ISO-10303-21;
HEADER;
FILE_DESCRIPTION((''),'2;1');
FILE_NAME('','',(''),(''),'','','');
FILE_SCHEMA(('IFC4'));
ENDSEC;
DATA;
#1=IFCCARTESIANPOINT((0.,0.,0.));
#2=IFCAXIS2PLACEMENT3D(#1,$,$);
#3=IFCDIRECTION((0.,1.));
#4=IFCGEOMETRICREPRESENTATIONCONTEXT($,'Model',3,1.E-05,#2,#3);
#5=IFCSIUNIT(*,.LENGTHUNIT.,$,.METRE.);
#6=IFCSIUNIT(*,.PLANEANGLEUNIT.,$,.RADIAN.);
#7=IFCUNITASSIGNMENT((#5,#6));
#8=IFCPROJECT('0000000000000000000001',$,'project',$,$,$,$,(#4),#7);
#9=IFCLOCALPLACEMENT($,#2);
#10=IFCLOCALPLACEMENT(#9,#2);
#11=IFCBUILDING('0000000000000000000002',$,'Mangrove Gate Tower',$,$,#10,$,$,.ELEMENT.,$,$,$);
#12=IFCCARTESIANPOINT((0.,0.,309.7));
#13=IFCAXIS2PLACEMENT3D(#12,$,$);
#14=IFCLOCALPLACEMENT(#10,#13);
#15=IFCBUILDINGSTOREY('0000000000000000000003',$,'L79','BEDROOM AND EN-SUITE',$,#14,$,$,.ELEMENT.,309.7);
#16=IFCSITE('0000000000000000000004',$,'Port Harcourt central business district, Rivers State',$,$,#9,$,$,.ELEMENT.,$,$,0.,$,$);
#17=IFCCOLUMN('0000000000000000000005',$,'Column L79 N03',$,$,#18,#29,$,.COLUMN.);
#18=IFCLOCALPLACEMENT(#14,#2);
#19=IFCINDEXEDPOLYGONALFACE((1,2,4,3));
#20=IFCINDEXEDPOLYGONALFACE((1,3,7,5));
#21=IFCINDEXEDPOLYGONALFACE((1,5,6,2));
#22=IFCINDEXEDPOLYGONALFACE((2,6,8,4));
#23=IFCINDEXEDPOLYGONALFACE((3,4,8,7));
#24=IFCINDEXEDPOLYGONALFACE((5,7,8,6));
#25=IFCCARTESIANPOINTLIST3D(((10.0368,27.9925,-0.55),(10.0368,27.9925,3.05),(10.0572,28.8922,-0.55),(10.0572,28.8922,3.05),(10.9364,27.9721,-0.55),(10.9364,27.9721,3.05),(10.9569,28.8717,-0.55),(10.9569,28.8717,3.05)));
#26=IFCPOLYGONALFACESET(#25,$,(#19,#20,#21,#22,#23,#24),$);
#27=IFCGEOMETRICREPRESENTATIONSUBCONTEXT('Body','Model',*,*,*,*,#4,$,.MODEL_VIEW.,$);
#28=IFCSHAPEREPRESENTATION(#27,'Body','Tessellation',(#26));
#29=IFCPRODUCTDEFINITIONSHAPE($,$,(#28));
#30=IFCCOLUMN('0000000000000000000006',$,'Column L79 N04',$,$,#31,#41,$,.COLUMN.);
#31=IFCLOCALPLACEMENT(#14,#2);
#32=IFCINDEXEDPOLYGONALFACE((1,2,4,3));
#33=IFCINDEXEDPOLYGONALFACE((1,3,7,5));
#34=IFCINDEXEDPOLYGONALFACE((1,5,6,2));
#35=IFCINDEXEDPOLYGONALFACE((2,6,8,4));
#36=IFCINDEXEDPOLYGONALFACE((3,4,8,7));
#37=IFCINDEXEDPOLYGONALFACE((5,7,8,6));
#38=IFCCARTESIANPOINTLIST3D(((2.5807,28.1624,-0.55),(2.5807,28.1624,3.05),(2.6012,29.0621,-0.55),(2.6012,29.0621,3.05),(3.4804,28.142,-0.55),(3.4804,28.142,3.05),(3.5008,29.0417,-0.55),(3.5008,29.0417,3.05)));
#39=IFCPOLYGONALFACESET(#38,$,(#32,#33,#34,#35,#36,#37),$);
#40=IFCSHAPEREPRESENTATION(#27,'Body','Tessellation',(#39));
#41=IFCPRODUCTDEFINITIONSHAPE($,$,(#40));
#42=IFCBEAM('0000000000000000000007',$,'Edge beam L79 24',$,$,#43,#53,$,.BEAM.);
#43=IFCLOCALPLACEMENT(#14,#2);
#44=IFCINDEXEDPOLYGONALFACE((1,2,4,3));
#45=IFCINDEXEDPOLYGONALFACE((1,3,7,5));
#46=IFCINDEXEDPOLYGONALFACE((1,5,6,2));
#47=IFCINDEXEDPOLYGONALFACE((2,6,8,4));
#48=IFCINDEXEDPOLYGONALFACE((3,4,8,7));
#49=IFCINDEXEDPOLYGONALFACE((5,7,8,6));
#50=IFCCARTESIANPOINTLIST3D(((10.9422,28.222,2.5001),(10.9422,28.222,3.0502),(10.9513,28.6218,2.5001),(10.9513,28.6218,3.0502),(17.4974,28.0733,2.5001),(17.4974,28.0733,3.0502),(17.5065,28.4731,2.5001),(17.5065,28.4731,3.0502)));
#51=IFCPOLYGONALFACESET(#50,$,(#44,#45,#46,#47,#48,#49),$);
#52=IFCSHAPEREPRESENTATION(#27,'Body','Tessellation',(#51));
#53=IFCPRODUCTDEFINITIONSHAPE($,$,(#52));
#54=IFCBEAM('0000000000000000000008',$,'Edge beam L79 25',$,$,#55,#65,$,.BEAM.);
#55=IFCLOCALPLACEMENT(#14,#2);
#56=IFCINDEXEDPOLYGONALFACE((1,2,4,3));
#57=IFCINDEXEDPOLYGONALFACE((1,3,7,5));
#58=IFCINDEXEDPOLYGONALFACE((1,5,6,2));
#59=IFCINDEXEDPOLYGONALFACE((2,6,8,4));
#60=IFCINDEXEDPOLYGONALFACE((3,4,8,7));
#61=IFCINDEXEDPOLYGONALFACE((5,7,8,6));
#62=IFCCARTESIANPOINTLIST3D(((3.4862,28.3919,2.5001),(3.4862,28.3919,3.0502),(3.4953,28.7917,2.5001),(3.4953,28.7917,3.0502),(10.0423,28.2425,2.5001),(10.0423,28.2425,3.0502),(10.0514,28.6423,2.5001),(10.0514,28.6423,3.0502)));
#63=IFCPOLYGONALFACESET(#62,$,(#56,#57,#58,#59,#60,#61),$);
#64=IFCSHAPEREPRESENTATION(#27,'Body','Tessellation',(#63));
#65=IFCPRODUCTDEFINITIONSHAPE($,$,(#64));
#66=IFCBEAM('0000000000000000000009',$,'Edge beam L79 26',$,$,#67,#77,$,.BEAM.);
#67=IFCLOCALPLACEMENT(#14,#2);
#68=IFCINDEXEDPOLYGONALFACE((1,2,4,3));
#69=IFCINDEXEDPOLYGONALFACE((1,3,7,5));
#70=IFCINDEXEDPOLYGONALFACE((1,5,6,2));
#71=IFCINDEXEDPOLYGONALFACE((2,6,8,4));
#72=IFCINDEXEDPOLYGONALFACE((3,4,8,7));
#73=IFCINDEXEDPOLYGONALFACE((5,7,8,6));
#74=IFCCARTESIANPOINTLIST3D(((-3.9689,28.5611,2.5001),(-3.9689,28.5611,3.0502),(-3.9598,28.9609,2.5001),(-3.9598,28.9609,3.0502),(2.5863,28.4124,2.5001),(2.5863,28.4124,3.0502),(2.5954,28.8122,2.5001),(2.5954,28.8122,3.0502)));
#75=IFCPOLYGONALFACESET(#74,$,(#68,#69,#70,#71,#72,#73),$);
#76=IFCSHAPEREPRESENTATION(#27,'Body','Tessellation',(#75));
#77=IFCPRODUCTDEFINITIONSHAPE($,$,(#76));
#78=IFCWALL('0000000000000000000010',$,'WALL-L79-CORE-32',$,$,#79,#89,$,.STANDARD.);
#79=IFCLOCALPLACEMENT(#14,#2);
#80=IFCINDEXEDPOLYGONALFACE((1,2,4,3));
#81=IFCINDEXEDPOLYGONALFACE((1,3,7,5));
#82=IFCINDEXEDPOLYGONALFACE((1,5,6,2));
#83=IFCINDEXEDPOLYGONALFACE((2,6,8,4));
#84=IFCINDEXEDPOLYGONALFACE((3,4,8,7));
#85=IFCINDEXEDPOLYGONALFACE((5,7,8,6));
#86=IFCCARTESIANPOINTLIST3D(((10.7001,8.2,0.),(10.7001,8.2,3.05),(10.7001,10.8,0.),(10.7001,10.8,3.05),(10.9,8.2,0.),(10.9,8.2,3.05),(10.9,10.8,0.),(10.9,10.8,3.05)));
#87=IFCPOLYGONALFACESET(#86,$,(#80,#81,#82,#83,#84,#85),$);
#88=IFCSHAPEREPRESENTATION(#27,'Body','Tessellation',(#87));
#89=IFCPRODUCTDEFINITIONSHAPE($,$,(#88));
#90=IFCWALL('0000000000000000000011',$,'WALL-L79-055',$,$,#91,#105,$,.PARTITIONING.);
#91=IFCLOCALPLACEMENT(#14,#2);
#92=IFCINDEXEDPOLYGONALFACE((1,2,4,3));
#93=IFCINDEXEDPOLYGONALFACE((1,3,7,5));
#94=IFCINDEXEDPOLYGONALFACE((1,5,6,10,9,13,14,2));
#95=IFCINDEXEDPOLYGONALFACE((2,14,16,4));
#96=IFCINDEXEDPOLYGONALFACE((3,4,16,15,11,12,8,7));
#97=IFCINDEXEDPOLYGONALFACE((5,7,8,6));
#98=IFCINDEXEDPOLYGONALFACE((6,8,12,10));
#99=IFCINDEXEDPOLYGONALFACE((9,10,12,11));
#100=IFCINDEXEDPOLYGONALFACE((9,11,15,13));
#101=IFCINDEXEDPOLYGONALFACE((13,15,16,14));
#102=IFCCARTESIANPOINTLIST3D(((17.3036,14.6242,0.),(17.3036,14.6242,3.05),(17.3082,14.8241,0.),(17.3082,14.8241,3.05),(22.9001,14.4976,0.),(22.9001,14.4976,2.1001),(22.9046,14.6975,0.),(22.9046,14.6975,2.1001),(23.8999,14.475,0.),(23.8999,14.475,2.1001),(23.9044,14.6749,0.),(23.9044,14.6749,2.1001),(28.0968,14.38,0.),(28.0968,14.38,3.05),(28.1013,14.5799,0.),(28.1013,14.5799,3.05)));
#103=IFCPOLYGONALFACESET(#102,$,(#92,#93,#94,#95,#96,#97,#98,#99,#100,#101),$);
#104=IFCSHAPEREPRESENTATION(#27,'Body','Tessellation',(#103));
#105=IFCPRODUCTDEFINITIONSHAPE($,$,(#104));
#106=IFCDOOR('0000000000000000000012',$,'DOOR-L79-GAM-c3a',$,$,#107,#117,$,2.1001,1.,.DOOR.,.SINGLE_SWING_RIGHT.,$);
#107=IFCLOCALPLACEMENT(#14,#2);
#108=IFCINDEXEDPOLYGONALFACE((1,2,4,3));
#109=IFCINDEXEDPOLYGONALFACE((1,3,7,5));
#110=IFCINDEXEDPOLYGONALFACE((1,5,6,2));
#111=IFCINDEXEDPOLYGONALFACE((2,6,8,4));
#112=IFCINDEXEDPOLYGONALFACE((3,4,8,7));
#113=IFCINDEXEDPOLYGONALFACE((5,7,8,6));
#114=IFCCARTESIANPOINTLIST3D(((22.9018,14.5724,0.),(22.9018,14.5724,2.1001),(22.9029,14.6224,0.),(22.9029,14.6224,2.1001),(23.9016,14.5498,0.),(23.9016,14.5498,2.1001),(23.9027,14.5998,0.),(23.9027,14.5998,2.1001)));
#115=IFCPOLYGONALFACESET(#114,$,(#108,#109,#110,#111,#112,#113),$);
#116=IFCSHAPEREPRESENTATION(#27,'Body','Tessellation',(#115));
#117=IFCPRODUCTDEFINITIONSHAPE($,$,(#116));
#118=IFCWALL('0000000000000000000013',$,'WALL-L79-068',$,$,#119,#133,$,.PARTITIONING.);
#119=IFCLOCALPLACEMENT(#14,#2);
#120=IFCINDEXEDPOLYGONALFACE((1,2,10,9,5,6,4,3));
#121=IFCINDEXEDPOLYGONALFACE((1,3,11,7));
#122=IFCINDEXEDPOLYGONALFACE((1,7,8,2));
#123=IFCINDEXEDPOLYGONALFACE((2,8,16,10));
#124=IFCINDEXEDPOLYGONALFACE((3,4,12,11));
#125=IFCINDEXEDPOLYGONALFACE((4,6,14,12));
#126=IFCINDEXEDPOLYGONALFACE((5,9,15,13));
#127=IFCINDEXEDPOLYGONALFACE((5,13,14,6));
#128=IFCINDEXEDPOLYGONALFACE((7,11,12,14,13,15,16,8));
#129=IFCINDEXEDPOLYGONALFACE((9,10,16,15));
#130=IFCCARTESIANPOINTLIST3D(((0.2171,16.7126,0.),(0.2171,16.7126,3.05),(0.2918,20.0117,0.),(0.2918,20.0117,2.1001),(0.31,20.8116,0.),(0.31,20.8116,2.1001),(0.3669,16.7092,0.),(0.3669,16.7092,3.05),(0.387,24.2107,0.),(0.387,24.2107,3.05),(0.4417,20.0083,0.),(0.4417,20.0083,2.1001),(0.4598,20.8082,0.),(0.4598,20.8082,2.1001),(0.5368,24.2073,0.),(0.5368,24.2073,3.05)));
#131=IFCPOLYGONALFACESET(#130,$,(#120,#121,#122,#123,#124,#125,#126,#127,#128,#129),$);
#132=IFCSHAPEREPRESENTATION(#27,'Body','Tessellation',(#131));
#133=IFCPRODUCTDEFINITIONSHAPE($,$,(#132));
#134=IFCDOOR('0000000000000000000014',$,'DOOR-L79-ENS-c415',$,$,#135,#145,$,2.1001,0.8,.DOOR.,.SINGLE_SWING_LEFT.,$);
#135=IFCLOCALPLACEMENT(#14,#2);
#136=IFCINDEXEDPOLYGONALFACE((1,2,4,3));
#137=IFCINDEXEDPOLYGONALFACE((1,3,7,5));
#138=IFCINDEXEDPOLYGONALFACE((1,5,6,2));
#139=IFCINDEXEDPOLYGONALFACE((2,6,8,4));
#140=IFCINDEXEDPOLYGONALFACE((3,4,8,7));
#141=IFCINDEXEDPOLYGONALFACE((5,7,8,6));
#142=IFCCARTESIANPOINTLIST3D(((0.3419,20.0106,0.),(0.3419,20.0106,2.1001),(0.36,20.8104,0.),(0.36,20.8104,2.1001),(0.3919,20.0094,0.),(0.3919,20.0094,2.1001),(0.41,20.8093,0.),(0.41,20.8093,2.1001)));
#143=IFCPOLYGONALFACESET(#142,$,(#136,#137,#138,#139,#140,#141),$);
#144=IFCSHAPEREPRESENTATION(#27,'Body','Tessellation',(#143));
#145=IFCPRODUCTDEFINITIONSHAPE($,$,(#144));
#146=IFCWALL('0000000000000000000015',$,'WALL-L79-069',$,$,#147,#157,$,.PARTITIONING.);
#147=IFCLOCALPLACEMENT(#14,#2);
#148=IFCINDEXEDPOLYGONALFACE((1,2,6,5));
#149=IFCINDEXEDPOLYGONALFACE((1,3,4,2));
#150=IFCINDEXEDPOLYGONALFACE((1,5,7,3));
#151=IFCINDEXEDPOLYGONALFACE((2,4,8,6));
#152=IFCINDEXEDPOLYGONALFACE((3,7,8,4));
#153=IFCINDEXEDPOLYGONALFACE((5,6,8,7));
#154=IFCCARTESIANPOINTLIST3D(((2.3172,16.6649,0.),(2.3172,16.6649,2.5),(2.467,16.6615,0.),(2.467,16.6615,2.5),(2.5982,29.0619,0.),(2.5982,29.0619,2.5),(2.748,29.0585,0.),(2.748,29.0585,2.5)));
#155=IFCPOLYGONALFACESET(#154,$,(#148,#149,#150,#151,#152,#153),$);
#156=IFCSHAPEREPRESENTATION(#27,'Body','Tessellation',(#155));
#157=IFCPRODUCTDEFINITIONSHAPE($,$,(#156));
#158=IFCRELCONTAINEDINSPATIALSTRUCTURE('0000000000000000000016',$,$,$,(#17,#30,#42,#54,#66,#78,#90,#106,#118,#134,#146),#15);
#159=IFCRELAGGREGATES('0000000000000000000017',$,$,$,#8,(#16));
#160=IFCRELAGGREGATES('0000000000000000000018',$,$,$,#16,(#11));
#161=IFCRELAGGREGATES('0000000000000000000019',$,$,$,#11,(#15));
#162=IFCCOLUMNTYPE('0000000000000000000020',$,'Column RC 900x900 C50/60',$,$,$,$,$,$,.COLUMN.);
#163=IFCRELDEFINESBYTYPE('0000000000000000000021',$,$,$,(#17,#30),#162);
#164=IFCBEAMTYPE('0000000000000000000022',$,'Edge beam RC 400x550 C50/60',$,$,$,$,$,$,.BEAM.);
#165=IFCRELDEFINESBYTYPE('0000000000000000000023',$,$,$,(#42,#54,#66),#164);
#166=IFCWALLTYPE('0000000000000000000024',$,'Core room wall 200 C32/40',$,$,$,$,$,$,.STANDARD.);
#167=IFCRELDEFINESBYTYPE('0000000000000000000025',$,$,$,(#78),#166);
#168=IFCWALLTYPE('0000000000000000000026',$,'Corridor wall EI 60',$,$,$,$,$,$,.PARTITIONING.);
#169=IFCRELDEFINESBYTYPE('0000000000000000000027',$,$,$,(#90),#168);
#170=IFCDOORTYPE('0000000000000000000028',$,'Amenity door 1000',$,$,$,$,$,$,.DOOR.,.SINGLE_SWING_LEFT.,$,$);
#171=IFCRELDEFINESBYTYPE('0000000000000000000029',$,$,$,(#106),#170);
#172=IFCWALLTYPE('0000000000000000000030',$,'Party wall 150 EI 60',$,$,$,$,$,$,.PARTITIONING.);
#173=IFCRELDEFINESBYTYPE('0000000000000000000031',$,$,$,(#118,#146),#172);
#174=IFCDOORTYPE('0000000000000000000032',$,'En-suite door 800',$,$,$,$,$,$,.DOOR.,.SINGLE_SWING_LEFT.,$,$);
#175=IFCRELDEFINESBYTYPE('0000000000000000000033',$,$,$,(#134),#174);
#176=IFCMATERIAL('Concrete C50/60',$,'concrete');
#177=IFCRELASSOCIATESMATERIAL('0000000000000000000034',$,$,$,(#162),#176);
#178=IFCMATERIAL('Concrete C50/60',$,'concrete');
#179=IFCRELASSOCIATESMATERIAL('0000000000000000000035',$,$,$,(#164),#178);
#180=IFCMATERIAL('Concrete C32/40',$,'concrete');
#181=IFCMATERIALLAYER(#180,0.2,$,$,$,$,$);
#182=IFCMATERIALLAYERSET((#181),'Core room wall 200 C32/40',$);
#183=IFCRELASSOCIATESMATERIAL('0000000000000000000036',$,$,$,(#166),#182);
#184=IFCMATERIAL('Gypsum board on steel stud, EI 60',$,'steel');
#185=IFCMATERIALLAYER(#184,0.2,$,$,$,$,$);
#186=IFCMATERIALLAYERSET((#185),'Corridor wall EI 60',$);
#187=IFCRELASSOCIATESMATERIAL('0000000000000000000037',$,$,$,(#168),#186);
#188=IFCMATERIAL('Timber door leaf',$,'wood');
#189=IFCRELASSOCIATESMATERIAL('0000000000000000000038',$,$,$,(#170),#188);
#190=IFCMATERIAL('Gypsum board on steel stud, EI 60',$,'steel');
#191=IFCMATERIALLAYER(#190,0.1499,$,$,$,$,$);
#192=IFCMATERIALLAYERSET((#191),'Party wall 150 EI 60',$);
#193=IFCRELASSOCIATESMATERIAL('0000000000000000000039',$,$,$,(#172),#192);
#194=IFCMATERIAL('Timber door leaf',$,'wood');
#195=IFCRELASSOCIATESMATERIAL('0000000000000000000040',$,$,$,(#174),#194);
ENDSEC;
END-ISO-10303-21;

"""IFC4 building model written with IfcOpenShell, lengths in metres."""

from ifc_helpers import new_model, si_unit, direction, frame, frame_2d, origin, origin_2d, place, context, subcontext, project, spatial, rectangle, extrude, material, layer, layer_set, material_profile, profile_set, type_object, element, fill, save


model = new_model("IFC4")

# Units and contexts
model_context = context("Model", 3, precision=1e-05, world=origin(), true_north=direction((0.0, 1.0)))
body_context = subcontext(model_context, "Body", "Model", "MODEL_VIEW")
ifc_project = project(units=[si_unit("LENGTHUNIT", "METRE"), si_unit("PLANEANGLEUNIT", "RADIAN")], contexts=[model_context])

# Site, building, storey
site_placement = place(None, origin())
site = spatial("IfcSite", under=ifc_project, at=site_placement, Name="Port Harcourt central business district, Rivers State", CompositionType="ELEMENT", RefElevation=0.0)
building_placement = place(site_placement, origin())
building = spatial("IfcBuilding", under=site, at=building_placement, Name="Mangrove Gate Tower", CompositionType="ELEMENT")
storey_placement = place(building_placement, frame((0.0, 0.0, 309.7)))
storey = spatial("IfcBuildingStorey", under=building, at=storey_placement, Name="L79", Description="BEDROOM AND EN-SUITE", CompositionType="ELEMENT", Elevation=309.7)

# Columns
ifc_material_1 = material(Name="Concrete C50/60", Category="concrete")
ifc_material_profile_1 = material_profile(ifc_material_1, rectangle(XDim=0.8999, YDim=0.8999, at=origin_2d()))
ifc_profile_set_1 = profile_set([ifc_material_profile_1], Name="Concrete C50/60")
column_type = type_object("IfcColumnType", Name="Column RC 900x900 C50/60", PredefinedType="COLUMN", material=ifc_profile_set_1)
for number, where, z_axis, x_axis, name in (
    (1, (10.4968, 28.4321, -0.55), (0.0, 0.0, 1.0), (-0.999742, 0.022729, 0.0), "Column L79 N03"),
    (2, (3.0408, 28.6021, -0.55), (0.0, 0.0, 1.0), (-0.999742, 0.022729, 0.0), "Column L79 N04"),
):
    element("IfcColumn", number, at=place(storey_placement, frame(where, z_axis=z_axis, x_axis=x_axis)), inside=storey, type_object=column_type, Name=name, PredefinedType="COLUMN", context=body_context, shape_type="SweptSolid", body=[
        extrude(rectangle(XDim=0.8999, YDim=0.8999, at=origin_2d()), origin(), (0.0, 0.0, 1.0), 3.6001),
    ])

# Beams
ifc_material_2 = material(Name="Concrete C50/60", Category="concrete")
ifc_material_profile_2 = material_profile(ifc_material_2, rectangle(XDim=0.3999, YDim=0.55, at=origin_2d()))
ifc_profile_set_2 = profile_set([ifc_material_profile_2], Name="Concrete C50/60")
beam_type = type_object("IfcBeamType", Name="Edge beam RC 400x550 C50/60", PredefinedType="BEAM", material=ifc_profile_set_2)
beam_1_placement = place(storey_placement, frame((17.502, 28.2732, 2.7751), z_axis=(-0.999743, 0.022676, 0.0), x_axis=(-0.022676, -0.999743, 0.0)))
element("IfcBeam", 3, at=beam_1_placement, inside=storey, type_object=beam_type, Name="Edge beam L79 24", PredefinedType="BEAM", context=body_context, shape_type="SweptSolid", body=[
    extrude(rectangle(XDim=0.3999, YDim=0.55, at=origin_2d()), origin(), (0.0, 0.0, 1.0), 6.5569),
])
beam_2_placement = place(storey_placement, frame((10.0469, 28.4424, 2.7751), z_axis=(-0.99974, 0.022784, 0.0), x_axis=(-0.022784, -0.99974, 0.0)))
element("IfcBeam", 4, at=beam_2_placement, inside=storey, type_object=beam_type, Name="Edge beam L79 25", PredefinedType="BEAM", context=body_context, shape_type="SweptSolid", body=[
    extrude(rectangle(XDim=0.3999, YDim=0.55, at=origin_2d()), origin(), (0.0, 0.0, 1.0), 6.5579),
])
beam_3_placement = place(storey_placement, frame((2.5908, 28.6123, 2.7751), z_axis=(-0.999743, 0.022676, 0.0), x_axis=(-0.022676, -0.999743, 0.0)))
element("IfcBeam", 5, at=beam_3_placement, inside=storey, type_object=beam_type, Name="Edge beam L79 26", PredefinedType="BEAM", context=body_context, shape_type="SweptSolid", body=[
    extrude(rectangle(XDim=0.3999, YDim=0.55, at=origin_2d()), origin(), (0.0, 0.0, 1.0), 6.5569),
])

# Wall
ifc_material_3 = material(Name="Concrete C32/40", Category="concrete")
ifc_layer_1 = layer(ifc_material_3, 0.2)
ifc_layer_set_1 = layer_set([ifc_layer_1], Name="Core room wall 200 C32/40")
wall_type_1 = type_object("IfcWallType", Name="Core room wall 200 C32/40", PredefinedType="STANDARD", material=ifc_layer_set_1)
wall_1_placement = place(storey_placement, frame((10.8, 8.2, 0.0), z_axis=(0.0, 0.0, 1.0), x_axis=(0.0, 1.0, 0.0)))
element("IfcWall", 6, at=wall_1_placement, inside=storey, type_object=wall_type_1, Name="WALL-L79-CORE-32", PredefinedType="STANDARD", context=body_context, shape_type="SweptSolid", body=[
    extrude(rectangle(XDim=2.6001, YDim=0.2, at=frame_2d((1.3, 0.0))), origin(), (0.0, 0.0, 1.0), 3.05),
])

# Walls, openings, doors
ifc_material_4 = material(Name="Gypsum board on steel stud, EI 60", Category="steel")
ifc_layer_2 = layer(ifc_material_4, 0.2)
ifc_layer_set_2 = layer_set([ifc_layer_2], Name="Corridor wall EI 60")
wall_type_2 = type_object("IfcWallType", Name="Corridor wall EI 60", PredefinedType="PARTITIONING", material=ifc_layer_set_2)
wall_2_placement = place(storey_placement, frame((17.3059, 14.7241, 0.0), z_axis=(0.0, 0.0, 1.0), x_axis=(0.999744, -0.022614, 0.0)))
wall_2 = element("IfcWall", 7, at=wall_2_placement, inside=storey, type_object=wall_type_2, Name="WALL-L79-055", PredefinedType="PARTITIONING", context=body_context, shape_type="SweptSolid", body=[
    extrude(rectangle(XDim=10.7959, YDim=0.2, at=frame_2d((5.3979, 0.0))), origin(), (0.0, 0.0, 1.0), 3.05),
])
opening_1_placement = place(wall_2_placement, frame((5.5979, 0.0, 0.0)))
opening_1 = element("IfcOpeningElement", 8, at=opening_1_placement, cuts=wall_2, PredefinedType="OPENING", context=body_context, shape_type="SweptSolid", body=[
    extrude(rectangle(XDim=1.0, YDim=2.1001, at=frame_2d((0.5, 1.05))), frame((0.0, 0.1099, 0.0), z_axis=(0.0, -1.0, 0.0), x_axis=(1.0, 0.0, 0.0)), (0.0, 0.0, 1.0), 0.22),
])
ifc_material_5 = material(Name="Timber door leaf", Category="wood")
door_type_1 = type_object("IfcDoorType", Name="Amenity door 1000", OperationType="SINGLE_SWING_LEFT", PredefinedType="DOOR", material=ifc_material_5)
door_1_placement = place(opening_1_placement, origin())
door_1 = element("IfcDoor", 9, at=door_1_placement, inside=storey, type_object=door_type_1, Name="DOOR-L79-GAM-c3a", OperationType="SINGLE_SWING_RIGHT", OverallHeight=2.1001, OverallWidth=1.0, PredefinedType="DOOR", context=body_context, shape_type="SweptSolid", body=[
    extrude(rectangle(XDim=1.0, YDim=2.1001, at=frame_2d((0.5, 1.05))), frame((0.0, 0.0249, 0.0), z_axis=(0.0, -1.0, 0.0), x_axis=(1.0, 0.0, 0.0)), (0.0, 0.0, 1.0), 0.05),
])
fill(opening_1, door_1)
ifc_material_6 = material(Name="Gypsum board on steel stud, EI 60", Category="steel")
ifc_layer_3 = layer(ifc_material_6, 0.1499)
ifc_layer_set_3 = layer_set([ifc_layer_3], Name="Party wall 150 EI 60")
wall_type_3 = type_object("IfcWallType", Name="Party wall 150 EI 60", PredefinedType="PARTITIONING", material=ifc_layer_set_3)
wall_3_placement = place(storey_placement, frame((0.292, 16.7109, 0.0), z_axis=(0.0, 0.0, 1.0), x_axis=(0.022656, 0.999743, 0.0)))
wall_3 = element("IfcWall", 10, at=wall_3_placement, inside=storey, type_object=wall_type_3, Name="WALL-L79-068", PredefinedType="PARTITIONING", context=body_context, shape_type="SweptSolid", body=[
    extrude(rectangle(XDim=7.5, YDim=0.1499, at=frame_2d((3.75, 0.0))), origin(), (0.0, 0.0, 1.0), 3.05),
])
opening_2_placement = place(wall_3_placement, frame((3.3, 0.0, 0.0)))
opening_2 = element("IfcOpeningElement", 11, at=opening_2_placement, cuts=wall_3, PredefinedType="OPENING", context=body_context, shape_type="SweptSolid", body=[
    extrude(rectangle(XDim=0.8, YDim=2.1001, at=frame_2d((0.3999, 1.05))), frame((0.0, 0.085, 0.0), z_axis=(0.0, -1.0, 0.0), x_axis=(1.0, 0.0, 0.0)), (0.0, 0.0, 1.0), 0.1699),
])
ifc_material_7 = material(Name="Timber door leaf", Category="wood")
door_type_2 = type_object("IfcDoorType", Name="En-suite door 800", OperationType="SINGLE_SWING_LEFT", PredefinedType="DOOR", material=ifc_material_7)
door_2_placement = place(opening_2_placement, origin())
door_2 = element("IfcDoor", 12, at=door_2_placement, inside=storey, type_object=door_type_2, Name="DOOR-L79-ENS-c415", OperationType="SINGLE_SWING_LEFT", OverallHeight=2.1001, OverallWidth=0.8, PredefinedType="DOOR", context=body_context, shape_type="SweptSolid", body=[
    extrude(rectangle(XDim=0.8, YDim=2.1001, at=frame_2d((0.3999, 1.05))), frame((0.0, 0.0249, 0.0), z_axis=(0.0, -1.0, 0.0), x_axis=(1.0, 0.0, 0.0)), (0.0, 0.0, 1.0), 0.05),
])
fill(opening_2, door_2)

# Wall
wall_4_placement = place(storey_placement, frame((2.3921, 16.6631, 0.0), z_axis=(0.0, 0.0, 1.0), x_axis=(0.022661, 0.999743, 0.0)))
element("IfcWall", 13, at=wall_4_placement, inside=storey, type_object=wall_type_3, Name="WALL-L79-069", PredefinedType="PARTITIONING", context=body_context, shape_type="SweptSolid", body=[
    extrude(rectangle(XDim=12.4001, YDim=0.1499, at=frame_2d((6.2002, 0.0))), origin(), (0.0, 0.0, 1.0), 2.5),
])

save(model, "model.ifc")
